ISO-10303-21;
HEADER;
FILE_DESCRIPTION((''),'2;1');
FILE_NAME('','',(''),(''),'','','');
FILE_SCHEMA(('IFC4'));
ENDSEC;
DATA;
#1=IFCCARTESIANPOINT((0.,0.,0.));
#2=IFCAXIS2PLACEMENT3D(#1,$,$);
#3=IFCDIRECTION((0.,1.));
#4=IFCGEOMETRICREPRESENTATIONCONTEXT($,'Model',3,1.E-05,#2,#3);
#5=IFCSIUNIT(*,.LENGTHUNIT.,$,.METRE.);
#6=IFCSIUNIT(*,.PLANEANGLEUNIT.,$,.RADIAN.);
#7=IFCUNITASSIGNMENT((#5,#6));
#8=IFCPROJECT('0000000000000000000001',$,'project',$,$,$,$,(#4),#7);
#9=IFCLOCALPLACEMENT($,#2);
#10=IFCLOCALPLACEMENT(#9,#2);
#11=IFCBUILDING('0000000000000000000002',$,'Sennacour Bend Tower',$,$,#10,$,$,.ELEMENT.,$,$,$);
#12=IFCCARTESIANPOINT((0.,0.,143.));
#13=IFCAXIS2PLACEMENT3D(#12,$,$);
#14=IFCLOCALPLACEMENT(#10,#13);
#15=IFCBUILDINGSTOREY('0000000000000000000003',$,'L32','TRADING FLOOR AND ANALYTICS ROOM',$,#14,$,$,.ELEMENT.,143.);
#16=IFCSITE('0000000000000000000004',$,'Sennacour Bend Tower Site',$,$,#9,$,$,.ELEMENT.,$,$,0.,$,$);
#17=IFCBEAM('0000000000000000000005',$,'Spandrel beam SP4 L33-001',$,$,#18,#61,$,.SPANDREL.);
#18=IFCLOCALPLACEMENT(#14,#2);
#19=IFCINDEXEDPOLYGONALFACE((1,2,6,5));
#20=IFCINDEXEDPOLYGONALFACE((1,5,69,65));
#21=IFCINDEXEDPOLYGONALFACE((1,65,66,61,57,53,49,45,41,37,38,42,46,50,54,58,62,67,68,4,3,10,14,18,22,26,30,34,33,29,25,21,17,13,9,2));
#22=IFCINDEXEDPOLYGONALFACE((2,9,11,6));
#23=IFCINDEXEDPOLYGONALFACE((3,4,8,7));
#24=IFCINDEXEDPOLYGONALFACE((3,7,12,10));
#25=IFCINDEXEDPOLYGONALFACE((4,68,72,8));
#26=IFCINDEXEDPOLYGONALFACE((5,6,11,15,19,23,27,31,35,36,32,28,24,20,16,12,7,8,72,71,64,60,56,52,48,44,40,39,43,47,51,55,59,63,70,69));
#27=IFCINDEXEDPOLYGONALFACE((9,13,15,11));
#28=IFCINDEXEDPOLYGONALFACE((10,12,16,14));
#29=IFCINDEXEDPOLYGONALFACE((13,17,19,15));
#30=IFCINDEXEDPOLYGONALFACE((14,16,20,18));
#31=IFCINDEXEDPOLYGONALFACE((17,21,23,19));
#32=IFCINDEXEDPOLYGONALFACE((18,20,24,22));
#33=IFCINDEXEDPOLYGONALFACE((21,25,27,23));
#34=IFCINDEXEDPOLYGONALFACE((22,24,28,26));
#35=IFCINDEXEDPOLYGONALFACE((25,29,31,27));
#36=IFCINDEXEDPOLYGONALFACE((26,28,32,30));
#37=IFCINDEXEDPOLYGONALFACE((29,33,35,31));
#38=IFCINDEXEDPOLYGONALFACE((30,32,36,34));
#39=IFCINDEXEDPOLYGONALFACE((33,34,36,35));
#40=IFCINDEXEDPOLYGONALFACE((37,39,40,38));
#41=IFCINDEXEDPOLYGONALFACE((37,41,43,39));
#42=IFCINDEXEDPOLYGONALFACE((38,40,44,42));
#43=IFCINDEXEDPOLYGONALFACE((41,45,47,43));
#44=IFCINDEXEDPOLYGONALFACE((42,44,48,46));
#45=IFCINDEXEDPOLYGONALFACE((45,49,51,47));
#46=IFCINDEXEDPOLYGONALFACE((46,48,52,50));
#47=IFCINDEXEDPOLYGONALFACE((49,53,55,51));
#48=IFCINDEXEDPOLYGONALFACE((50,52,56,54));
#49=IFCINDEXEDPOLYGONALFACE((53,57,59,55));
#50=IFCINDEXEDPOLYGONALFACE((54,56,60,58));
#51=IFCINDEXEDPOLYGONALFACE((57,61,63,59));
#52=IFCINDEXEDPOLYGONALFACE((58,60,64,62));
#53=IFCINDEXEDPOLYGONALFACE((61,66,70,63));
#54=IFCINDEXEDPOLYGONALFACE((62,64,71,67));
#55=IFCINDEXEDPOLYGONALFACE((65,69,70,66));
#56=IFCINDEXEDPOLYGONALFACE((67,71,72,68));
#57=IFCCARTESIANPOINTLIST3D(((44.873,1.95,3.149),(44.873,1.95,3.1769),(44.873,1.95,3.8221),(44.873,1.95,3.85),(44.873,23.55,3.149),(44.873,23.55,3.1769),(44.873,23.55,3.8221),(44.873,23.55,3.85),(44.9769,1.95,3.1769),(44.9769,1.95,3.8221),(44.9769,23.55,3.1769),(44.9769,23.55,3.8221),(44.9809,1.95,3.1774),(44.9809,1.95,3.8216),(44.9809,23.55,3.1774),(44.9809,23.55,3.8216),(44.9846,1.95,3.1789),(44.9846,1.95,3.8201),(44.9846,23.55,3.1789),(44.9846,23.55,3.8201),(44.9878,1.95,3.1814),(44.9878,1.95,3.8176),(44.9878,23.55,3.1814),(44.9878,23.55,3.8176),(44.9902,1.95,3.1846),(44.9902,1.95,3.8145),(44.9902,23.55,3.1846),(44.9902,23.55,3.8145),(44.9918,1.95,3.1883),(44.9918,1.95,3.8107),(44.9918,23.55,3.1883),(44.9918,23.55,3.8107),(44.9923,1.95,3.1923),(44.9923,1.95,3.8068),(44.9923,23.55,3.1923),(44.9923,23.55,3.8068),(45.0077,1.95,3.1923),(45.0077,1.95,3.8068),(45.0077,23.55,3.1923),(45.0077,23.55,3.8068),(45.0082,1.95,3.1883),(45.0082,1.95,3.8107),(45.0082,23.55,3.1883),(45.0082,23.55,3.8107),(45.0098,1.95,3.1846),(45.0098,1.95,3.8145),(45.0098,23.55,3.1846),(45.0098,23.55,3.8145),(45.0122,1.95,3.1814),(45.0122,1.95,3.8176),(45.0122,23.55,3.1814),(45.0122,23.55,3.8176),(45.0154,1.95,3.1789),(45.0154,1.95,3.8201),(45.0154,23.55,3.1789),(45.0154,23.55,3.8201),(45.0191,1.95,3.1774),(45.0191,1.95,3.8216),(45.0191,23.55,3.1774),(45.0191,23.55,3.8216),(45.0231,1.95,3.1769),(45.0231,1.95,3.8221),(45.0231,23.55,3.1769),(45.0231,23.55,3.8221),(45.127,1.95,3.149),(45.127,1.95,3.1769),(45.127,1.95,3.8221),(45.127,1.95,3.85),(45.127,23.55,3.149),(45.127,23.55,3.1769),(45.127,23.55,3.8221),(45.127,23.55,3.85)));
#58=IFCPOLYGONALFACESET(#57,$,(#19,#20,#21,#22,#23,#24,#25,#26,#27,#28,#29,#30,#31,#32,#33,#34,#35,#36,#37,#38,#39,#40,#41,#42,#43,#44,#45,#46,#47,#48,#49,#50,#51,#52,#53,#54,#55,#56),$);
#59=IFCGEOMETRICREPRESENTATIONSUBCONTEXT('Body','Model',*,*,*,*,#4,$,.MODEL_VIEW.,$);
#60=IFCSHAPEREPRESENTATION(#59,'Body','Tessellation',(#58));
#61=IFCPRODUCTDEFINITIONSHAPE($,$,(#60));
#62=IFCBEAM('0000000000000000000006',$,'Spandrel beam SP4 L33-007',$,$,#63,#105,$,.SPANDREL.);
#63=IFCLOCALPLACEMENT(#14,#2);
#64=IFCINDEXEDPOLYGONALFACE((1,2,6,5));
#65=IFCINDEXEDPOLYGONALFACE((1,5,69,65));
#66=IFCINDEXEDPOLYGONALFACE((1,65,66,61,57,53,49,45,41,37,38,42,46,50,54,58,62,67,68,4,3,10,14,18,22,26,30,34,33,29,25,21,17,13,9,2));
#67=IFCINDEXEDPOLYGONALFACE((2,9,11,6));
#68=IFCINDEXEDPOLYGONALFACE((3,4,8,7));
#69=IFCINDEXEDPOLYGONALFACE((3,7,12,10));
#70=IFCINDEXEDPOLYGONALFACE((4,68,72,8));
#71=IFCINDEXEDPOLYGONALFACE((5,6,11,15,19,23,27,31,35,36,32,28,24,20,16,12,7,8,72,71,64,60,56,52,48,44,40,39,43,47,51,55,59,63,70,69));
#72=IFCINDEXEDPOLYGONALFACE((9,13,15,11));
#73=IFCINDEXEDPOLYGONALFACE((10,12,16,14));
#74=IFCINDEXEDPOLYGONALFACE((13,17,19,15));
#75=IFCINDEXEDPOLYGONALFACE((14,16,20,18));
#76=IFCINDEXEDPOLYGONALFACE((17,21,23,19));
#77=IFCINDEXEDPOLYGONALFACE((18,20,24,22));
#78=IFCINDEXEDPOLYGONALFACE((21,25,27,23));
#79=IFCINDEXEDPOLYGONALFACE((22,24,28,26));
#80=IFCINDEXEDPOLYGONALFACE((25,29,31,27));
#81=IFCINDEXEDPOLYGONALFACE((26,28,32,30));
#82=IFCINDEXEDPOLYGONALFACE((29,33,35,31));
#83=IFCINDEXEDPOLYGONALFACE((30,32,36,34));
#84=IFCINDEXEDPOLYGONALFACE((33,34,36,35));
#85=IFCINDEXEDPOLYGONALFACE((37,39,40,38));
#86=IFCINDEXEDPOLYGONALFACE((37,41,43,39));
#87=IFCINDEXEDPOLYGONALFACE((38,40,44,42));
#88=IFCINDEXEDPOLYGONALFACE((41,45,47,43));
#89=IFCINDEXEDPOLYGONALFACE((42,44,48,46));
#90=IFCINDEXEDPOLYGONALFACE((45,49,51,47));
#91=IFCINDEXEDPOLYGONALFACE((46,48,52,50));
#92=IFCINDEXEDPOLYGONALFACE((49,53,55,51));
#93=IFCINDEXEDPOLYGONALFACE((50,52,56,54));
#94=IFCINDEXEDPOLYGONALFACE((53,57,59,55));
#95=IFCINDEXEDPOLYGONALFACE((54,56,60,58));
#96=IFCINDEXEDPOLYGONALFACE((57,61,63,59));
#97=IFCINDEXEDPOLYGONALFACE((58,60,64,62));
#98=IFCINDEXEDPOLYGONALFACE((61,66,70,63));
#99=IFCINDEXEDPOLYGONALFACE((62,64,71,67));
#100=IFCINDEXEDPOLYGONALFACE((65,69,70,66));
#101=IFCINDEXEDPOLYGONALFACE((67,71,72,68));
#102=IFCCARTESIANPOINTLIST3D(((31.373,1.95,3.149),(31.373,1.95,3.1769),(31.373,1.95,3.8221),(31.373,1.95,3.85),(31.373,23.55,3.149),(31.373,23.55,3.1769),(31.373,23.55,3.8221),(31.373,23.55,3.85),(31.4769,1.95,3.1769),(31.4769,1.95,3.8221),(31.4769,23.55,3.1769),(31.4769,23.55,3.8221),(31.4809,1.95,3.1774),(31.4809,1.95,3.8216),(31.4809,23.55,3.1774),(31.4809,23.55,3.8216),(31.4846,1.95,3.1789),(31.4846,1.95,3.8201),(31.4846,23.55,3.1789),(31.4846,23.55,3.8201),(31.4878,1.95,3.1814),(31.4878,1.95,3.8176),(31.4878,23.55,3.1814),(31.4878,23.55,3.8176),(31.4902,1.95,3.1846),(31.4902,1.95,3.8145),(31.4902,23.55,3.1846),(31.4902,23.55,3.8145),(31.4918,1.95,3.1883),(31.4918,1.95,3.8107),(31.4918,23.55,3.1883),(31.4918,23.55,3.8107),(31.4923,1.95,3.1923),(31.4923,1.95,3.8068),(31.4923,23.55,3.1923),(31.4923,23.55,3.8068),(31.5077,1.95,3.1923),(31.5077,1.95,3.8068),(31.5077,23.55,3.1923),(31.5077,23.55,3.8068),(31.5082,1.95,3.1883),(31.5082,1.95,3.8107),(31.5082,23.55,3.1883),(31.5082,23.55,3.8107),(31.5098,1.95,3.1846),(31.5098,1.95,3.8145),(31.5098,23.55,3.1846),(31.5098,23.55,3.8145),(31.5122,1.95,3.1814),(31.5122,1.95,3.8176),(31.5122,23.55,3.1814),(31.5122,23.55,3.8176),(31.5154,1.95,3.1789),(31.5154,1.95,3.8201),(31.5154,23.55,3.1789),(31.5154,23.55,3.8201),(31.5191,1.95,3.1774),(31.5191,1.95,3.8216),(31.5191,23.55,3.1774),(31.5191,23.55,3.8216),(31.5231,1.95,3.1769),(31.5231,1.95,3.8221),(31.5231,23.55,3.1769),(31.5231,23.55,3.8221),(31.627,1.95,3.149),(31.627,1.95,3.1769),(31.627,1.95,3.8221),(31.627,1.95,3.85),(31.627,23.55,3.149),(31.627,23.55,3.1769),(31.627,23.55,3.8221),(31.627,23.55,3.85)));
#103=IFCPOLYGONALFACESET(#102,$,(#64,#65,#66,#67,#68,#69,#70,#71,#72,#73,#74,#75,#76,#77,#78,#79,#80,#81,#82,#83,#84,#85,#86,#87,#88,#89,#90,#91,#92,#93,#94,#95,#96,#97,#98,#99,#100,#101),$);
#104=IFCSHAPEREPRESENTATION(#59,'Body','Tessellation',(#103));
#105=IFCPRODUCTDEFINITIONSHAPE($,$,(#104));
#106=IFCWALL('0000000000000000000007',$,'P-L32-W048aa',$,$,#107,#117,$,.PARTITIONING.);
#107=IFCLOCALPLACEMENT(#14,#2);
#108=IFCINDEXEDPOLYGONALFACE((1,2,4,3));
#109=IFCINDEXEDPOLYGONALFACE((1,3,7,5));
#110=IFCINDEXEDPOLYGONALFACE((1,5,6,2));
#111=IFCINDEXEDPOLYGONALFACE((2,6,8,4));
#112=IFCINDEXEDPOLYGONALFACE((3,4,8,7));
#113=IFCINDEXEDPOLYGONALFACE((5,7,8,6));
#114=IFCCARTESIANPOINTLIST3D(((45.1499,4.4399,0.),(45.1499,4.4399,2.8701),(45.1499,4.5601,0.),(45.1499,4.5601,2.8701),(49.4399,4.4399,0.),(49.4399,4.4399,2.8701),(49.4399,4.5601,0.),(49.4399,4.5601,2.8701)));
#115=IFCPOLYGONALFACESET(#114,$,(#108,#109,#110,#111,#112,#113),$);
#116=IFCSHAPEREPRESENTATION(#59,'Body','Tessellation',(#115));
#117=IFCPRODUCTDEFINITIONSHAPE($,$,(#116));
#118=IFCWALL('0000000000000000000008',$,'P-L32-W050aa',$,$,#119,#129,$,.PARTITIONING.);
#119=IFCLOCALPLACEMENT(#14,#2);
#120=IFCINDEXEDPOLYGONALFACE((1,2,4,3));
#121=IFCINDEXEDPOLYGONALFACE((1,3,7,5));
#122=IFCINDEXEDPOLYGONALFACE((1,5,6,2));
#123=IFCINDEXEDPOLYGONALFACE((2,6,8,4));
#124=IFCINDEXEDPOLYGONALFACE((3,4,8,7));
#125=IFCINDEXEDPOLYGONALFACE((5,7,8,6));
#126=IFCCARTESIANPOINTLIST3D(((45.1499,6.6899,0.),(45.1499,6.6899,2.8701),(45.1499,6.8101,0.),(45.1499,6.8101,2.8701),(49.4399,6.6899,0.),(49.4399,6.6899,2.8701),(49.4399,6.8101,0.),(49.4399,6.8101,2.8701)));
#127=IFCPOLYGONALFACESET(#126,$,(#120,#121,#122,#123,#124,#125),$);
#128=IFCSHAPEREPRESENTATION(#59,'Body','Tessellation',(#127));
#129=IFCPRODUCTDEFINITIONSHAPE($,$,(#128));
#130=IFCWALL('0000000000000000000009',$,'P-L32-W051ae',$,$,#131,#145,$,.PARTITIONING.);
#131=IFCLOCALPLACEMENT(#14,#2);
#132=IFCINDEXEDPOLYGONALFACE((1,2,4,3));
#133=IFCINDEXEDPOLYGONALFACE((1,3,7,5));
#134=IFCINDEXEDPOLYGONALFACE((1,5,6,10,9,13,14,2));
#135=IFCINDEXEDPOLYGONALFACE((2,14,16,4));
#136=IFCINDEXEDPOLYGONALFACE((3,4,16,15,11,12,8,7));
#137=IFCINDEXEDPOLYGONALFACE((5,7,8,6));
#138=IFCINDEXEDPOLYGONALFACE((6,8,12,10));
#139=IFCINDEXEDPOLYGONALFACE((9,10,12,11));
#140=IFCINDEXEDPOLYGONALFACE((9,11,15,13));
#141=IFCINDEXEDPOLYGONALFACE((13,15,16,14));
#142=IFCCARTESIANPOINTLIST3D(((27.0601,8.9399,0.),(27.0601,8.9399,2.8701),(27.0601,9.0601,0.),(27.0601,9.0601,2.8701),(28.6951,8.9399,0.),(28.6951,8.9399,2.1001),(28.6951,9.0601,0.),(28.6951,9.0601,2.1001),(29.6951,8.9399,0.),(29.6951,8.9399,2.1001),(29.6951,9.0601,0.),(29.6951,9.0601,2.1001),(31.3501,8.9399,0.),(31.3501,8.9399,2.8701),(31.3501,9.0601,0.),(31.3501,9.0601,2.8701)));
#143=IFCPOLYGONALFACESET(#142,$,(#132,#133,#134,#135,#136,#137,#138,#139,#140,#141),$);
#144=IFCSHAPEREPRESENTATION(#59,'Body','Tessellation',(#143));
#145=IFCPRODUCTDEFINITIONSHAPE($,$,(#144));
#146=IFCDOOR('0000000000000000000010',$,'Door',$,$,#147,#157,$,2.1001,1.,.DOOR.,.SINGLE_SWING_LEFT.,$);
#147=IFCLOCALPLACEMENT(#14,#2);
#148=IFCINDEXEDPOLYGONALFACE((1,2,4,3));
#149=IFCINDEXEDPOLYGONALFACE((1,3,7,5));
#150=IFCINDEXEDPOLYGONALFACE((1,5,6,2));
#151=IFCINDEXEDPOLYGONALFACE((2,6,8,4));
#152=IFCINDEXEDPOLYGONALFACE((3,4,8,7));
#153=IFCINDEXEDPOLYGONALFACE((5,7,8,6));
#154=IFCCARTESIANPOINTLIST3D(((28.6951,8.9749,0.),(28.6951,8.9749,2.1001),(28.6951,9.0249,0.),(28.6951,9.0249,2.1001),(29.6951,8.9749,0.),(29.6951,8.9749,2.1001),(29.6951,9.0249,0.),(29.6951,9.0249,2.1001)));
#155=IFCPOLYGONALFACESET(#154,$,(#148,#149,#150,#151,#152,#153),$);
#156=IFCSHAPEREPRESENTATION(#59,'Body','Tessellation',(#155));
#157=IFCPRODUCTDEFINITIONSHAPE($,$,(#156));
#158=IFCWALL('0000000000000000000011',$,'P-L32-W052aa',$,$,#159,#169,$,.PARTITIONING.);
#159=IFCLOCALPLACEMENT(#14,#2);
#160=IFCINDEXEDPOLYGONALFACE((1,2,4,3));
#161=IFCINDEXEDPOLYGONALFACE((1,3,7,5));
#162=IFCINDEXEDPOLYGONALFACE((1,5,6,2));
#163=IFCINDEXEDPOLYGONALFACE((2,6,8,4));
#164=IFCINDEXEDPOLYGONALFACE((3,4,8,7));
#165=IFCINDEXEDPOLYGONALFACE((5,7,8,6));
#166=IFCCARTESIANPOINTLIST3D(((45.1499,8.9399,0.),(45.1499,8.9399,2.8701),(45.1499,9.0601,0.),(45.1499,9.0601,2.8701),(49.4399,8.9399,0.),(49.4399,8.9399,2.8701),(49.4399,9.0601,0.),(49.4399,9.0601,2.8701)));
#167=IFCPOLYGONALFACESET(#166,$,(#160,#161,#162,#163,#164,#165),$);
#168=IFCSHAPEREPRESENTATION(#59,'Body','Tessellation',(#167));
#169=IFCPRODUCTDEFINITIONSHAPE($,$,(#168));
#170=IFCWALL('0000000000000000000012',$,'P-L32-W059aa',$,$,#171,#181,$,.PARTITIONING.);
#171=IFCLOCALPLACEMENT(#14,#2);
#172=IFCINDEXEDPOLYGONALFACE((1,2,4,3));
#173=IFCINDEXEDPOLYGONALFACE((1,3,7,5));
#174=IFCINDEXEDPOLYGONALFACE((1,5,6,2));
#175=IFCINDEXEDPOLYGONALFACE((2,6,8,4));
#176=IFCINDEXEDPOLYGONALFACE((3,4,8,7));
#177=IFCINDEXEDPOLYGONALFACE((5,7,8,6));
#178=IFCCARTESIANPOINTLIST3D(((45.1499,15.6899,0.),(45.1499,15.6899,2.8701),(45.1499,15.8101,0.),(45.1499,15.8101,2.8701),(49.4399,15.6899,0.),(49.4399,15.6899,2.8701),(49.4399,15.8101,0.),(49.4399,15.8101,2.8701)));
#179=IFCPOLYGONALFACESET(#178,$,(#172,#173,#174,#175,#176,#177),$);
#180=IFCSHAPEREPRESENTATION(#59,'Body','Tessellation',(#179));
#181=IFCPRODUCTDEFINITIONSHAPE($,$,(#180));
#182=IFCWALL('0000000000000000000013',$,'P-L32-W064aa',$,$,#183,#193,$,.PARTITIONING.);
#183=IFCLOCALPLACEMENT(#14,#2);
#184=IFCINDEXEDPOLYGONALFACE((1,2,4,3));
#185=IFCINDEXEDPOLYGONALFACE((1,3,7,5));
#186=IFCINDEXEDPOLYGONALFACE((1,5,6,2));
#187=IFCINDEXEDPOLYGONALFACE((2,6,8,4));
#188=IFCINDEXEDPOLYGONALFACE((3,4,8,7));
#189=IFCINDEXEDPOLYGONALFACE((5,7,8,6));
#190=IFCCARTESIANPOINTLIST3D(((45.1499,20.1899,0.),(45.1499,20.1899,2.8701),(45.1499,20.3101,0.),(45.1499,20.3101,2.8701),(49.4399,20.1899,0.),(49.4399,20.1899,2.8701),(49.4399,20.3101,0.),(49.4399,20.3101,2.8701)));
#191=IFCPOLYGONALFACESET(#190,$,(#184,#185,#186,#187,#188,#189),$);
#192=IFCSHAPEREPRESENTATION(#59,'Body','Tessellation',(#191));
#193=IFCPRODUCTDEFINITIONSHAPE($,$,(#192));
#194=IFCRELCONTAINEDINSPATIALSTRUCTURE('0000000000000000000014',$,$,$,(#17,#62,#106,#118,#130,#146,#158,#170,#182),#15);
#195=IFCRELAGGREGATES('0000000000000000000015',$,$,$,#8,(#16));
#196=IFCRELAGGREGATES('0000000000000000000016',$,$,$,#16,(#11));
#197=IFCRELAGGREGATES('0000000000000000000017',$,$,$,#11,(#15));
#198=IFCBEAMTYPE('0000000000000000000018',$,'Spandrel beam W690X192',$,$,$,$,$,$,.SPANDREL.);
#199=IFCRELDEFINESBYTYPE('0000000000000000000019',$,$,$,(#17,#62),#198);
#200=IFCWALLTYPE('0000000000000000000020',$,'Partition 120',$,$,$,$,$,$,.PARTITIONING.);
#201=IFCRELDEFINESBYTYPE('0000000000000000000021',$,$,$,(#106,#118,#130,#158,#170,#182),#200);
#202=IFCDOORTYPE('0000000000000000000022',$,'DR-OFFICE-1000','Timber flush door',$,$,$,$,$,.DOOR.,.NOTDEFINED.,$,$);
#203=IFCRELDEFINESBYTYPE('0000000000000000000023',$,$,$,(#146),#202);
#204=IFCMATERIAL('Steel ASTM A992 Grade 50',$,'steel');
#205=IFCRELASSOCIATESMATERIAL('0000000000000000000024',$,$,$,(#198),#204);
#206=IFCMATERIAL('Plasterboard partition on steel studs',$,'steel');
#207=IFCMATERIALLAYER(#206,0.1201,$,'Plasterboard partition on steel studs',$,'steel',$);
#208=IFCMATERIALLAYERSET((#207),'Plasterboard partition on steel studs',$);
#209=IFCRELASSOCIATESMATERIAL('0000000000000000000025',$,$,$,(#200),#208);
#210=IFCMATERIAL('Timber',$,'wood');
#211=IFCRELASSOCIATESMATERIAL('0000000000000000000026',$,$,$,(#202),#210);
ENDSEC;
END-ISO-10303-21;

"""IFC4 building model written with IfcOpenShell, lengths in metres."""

from ifc_helpers import new_model, si_unit, direction, frame, frame_2d, origin, origin_2d, place, context, subcontext, project, spatial, rectangle, i_section, extrude, material, layer, layer_set, material_profile, profile_set, type_object, element, fill, save


model = new_model("IFC4")

# Units and contexts
model_context = context("Model", 3, precision=1e-05, world=origin(), true_north=direction((0.0, 1.0)))
body_context = subcontext(model_context, "Body", "Model", "MODEL_VIEW")
ifc_project = project(units=[si_unit("LENGTHUNIT", "METRE"), si_unit("PLANEANGLEUNIT", "RADIAN")], contexts=[model_context])

# Site, building, storey
site_placement = place(None, origin())
site = spatial("IfcSite", under=ifc_project, at=site_placement, Name="Sennacour Bend Tower Site", CompositionType="ELEMENT", RefElevation=0.0)
building_placement = place(site_placement, origin())
building = spatial("IfcBuilding", under=site, at=building_placement, Name="Sennacour Bend Tower", CompositionType="ELEMENT")
storey_placement = place(building_placement, frame((0.0, 0.0, 143.0)))
storey = spatial("IfcBuildingStorey", under=building, at=storey_placement, Name="L32", Description="TRADING FLOOR AND ANALYTICS ROOM", CompositionType="ELEMENT", Elevation=143.0)

# Beams
ifc_material_1 = material(Name="Steel ASTM A992 Grade 50", Category="steel")
ifc_material_profile = material_profile(ifc_material_1, i_section(OverallWidth=0.2539, OverallDepth=0.7009, WebThickness=0.0154, FlangeThickness=0.0278, FilletRadius=0.0154, at=origin_2d()), Name="Steel ASTM A992 Grade 50", Category="steel")
ifc_profile_set = profile_set([ifc_material_profile], Name="Steel ASTM A992 Grade 50")
beam_type = type_object("IfcBeamType", Name="Spandrel beam W690X192", PredefinedType="SPANDREL", material=ifc_profile_set)
for number, where, z_axis, x_axis, name in (
    (1, (45.0, 1.95, 3.4995), (0.0, 1.0, 0.0), (-1.0, 0.0, 0.0), "Spandrel beam SP4 L33-001"),
    (2, (31.5, 23.55, 3.4995), (0.0, -1.0, 0.0), (1.0, 0.0, 0.0), "Spandrel beam SP4 L33-007"),
):
    element("IfcBeam", number, at=place(storey_placement, frame(where, z_axis=z_axis, x_axis=x_axis)), inside=storey, type_object=beam_type, Name=name, PredefinedType="SPANDREL", context=body_context, shape_type="SweptSolid", body=[
        extrude(i_section(OverallWidth=0.2539, OverallDepth=0.7009, WebThickness=0.0154, FlangeThickness=0.0278, FilletRadius=0.0154, at=origin_2d()), origin(), (0.0, 0.0, 1.0), 21.6001),
    ])

# Walls
ifc_material_2 = material(Name="Plasterboard partition on steel studs", Category="steel")
ifc_layer_1 = layer(ifc_material_2, 0.1201, Name="Plasterboard partition on steel studs", Category="steel")
ifc_layer_set_1 = layer_set([ifc_layer_1], Name="Plasterboard partition on steel studs")
wall_type_1 = type_object("IfcWallType", Name="Partition 120", PredefinedType="PARTITIONING", material=ifc_layer_set_1)
for number, where, z_axis, x_axis, name in (
    (3, (45.1499, 4.5, 0.0), (0.0, 0.0, 1.0), (1.0, 0.0, 0.0), "P-L32-W048aa"),
    (4, (45.1499, 6.75, 0.0), (0.0, 0.0, 1.0), (1.0, 0.0, 0.0), "P-L32-W050aa"),
):
    element("IfcWall", number, at=place(storey_placement, frame(where, z_axis=z_axis, x_axis=x_axis)), inside=storey, type_object=wall_type_1, Name=name, PredefinedType="PARTITIONING", context=body_context, shape_type="SweptSolid", body=[
        extrude(rectangle(XDim=4.29, YDim=0.1201, at=frame_2d((2.145, 0.0))), origin(), (0.0, 0.0, 1.0), 2.8701),
    ])

# Wall, opening, door
wall_1_placement = place(storey_placement, frame((27.0601, 9.0, 0.0), z_axis=(0.0, 0.0, 1.0), x_axis=(1.0, 0.0, 0.0)))
wall_1 = element("IfcWall", 5, at=wall_1_placement, inside=storey, type_object=wall_type_1, Name="P-L32-W051ae", PredefinedType="PARTITIONING", context=body_context, shape_type="SweptSolid", body=[
    extrude(rectangle(XDim=4.29, YDim=0.1201, at=frame_2d((2.145, 0.0))), origin(), (0.0, 0.0, 1.0), 2.8701),
])
opening_1_placement = place(wall_1_placement, frame((1.635, 0.0, 0.0)))
opening_1 = element("IfcOpeningElement", 6, at=opening_1_placement, cuts=wall_1, PredefinedType="OPENING", context=body_context, shape_type="SweptSolid", body=[
    extrude(rectangle(XDim=1.0, YDim=2.1001, at=frame_2d((0.5, 1.05))), frame((0.0, 0.0701, 0.0), z_axis=(0.0, -1.0, 0.0), x_axis=(1.0, 0.0, 0.0)), (0.0, 0.0, 1.0), 0.1401),
])
ifc_material_3 = material(Name="Timber", Category="wood")
door_type = type_object("IfcDoorType", Name="DR-OFFICE-1000", Description="Timber flush door", OperationType="NOTDEFINED", PredefinedType="DOOR", material=ifc_material_3)
door_placement = place(opening_1_placement, origin())
door = element("IfcDoor", 7, at=door_placement, inside=storey, type_object=door_type, Name="Door", OperationType="SINGLE_SWING_LEFT", OverallHeight=2.1001, OverallWidth=1.0, PredefinedType="DOOR", context=body_context, shape_type="SweptSolid", body=[
    extrude(rectangle(XDim=1.0, YDim=2.1001, at=frame_2d((0.5, 1.05))), frame((0.0, 0.0249, 0.0), z_axis=(0.0, -1.0, 0.0), x_axis=(1.0, 0.0, 0.0)), (0.0, 0.0, 1.0), 0.05),
])
fill(opening_1, door)

# Walls
for number, where, z_axis, x_axis, name in (
    (8, (45.1499, 9.0, 0.0), (0.0, 0.0, 1.0), (1.0, 0.0, 0.0), "P-L32-W052aa"),
    (9, (45.1499, 15.75, 0.0), (0.0, 0.0, 1.0), (1.0, 0.0, 0.0), "P-L32-W059aa"),
    (10, (45.1499, 20.25, 0.0), (0.0, 0.0, 1.0), (1.0, 0.0, 0.0), "P-L32-W064aa"),
):
    element("IfcWall", number, at=place(storey_placement, frame(where, z_axis=z_axis, x_axis=x_axis)), inside=storey, type_object=wall_type_1, Name=name, PredefinedType="PARTITIONING", context=body_context, shape_type="SweptSolid", body=[
        extrude(rectangle(XDim=4.29, YDim=0.1201, at=frame_2d((2.145, 0.0))), origin(), (0.0, 0.0, 1.0), 2.8701),
    ])

save(model, "model.ifc")
